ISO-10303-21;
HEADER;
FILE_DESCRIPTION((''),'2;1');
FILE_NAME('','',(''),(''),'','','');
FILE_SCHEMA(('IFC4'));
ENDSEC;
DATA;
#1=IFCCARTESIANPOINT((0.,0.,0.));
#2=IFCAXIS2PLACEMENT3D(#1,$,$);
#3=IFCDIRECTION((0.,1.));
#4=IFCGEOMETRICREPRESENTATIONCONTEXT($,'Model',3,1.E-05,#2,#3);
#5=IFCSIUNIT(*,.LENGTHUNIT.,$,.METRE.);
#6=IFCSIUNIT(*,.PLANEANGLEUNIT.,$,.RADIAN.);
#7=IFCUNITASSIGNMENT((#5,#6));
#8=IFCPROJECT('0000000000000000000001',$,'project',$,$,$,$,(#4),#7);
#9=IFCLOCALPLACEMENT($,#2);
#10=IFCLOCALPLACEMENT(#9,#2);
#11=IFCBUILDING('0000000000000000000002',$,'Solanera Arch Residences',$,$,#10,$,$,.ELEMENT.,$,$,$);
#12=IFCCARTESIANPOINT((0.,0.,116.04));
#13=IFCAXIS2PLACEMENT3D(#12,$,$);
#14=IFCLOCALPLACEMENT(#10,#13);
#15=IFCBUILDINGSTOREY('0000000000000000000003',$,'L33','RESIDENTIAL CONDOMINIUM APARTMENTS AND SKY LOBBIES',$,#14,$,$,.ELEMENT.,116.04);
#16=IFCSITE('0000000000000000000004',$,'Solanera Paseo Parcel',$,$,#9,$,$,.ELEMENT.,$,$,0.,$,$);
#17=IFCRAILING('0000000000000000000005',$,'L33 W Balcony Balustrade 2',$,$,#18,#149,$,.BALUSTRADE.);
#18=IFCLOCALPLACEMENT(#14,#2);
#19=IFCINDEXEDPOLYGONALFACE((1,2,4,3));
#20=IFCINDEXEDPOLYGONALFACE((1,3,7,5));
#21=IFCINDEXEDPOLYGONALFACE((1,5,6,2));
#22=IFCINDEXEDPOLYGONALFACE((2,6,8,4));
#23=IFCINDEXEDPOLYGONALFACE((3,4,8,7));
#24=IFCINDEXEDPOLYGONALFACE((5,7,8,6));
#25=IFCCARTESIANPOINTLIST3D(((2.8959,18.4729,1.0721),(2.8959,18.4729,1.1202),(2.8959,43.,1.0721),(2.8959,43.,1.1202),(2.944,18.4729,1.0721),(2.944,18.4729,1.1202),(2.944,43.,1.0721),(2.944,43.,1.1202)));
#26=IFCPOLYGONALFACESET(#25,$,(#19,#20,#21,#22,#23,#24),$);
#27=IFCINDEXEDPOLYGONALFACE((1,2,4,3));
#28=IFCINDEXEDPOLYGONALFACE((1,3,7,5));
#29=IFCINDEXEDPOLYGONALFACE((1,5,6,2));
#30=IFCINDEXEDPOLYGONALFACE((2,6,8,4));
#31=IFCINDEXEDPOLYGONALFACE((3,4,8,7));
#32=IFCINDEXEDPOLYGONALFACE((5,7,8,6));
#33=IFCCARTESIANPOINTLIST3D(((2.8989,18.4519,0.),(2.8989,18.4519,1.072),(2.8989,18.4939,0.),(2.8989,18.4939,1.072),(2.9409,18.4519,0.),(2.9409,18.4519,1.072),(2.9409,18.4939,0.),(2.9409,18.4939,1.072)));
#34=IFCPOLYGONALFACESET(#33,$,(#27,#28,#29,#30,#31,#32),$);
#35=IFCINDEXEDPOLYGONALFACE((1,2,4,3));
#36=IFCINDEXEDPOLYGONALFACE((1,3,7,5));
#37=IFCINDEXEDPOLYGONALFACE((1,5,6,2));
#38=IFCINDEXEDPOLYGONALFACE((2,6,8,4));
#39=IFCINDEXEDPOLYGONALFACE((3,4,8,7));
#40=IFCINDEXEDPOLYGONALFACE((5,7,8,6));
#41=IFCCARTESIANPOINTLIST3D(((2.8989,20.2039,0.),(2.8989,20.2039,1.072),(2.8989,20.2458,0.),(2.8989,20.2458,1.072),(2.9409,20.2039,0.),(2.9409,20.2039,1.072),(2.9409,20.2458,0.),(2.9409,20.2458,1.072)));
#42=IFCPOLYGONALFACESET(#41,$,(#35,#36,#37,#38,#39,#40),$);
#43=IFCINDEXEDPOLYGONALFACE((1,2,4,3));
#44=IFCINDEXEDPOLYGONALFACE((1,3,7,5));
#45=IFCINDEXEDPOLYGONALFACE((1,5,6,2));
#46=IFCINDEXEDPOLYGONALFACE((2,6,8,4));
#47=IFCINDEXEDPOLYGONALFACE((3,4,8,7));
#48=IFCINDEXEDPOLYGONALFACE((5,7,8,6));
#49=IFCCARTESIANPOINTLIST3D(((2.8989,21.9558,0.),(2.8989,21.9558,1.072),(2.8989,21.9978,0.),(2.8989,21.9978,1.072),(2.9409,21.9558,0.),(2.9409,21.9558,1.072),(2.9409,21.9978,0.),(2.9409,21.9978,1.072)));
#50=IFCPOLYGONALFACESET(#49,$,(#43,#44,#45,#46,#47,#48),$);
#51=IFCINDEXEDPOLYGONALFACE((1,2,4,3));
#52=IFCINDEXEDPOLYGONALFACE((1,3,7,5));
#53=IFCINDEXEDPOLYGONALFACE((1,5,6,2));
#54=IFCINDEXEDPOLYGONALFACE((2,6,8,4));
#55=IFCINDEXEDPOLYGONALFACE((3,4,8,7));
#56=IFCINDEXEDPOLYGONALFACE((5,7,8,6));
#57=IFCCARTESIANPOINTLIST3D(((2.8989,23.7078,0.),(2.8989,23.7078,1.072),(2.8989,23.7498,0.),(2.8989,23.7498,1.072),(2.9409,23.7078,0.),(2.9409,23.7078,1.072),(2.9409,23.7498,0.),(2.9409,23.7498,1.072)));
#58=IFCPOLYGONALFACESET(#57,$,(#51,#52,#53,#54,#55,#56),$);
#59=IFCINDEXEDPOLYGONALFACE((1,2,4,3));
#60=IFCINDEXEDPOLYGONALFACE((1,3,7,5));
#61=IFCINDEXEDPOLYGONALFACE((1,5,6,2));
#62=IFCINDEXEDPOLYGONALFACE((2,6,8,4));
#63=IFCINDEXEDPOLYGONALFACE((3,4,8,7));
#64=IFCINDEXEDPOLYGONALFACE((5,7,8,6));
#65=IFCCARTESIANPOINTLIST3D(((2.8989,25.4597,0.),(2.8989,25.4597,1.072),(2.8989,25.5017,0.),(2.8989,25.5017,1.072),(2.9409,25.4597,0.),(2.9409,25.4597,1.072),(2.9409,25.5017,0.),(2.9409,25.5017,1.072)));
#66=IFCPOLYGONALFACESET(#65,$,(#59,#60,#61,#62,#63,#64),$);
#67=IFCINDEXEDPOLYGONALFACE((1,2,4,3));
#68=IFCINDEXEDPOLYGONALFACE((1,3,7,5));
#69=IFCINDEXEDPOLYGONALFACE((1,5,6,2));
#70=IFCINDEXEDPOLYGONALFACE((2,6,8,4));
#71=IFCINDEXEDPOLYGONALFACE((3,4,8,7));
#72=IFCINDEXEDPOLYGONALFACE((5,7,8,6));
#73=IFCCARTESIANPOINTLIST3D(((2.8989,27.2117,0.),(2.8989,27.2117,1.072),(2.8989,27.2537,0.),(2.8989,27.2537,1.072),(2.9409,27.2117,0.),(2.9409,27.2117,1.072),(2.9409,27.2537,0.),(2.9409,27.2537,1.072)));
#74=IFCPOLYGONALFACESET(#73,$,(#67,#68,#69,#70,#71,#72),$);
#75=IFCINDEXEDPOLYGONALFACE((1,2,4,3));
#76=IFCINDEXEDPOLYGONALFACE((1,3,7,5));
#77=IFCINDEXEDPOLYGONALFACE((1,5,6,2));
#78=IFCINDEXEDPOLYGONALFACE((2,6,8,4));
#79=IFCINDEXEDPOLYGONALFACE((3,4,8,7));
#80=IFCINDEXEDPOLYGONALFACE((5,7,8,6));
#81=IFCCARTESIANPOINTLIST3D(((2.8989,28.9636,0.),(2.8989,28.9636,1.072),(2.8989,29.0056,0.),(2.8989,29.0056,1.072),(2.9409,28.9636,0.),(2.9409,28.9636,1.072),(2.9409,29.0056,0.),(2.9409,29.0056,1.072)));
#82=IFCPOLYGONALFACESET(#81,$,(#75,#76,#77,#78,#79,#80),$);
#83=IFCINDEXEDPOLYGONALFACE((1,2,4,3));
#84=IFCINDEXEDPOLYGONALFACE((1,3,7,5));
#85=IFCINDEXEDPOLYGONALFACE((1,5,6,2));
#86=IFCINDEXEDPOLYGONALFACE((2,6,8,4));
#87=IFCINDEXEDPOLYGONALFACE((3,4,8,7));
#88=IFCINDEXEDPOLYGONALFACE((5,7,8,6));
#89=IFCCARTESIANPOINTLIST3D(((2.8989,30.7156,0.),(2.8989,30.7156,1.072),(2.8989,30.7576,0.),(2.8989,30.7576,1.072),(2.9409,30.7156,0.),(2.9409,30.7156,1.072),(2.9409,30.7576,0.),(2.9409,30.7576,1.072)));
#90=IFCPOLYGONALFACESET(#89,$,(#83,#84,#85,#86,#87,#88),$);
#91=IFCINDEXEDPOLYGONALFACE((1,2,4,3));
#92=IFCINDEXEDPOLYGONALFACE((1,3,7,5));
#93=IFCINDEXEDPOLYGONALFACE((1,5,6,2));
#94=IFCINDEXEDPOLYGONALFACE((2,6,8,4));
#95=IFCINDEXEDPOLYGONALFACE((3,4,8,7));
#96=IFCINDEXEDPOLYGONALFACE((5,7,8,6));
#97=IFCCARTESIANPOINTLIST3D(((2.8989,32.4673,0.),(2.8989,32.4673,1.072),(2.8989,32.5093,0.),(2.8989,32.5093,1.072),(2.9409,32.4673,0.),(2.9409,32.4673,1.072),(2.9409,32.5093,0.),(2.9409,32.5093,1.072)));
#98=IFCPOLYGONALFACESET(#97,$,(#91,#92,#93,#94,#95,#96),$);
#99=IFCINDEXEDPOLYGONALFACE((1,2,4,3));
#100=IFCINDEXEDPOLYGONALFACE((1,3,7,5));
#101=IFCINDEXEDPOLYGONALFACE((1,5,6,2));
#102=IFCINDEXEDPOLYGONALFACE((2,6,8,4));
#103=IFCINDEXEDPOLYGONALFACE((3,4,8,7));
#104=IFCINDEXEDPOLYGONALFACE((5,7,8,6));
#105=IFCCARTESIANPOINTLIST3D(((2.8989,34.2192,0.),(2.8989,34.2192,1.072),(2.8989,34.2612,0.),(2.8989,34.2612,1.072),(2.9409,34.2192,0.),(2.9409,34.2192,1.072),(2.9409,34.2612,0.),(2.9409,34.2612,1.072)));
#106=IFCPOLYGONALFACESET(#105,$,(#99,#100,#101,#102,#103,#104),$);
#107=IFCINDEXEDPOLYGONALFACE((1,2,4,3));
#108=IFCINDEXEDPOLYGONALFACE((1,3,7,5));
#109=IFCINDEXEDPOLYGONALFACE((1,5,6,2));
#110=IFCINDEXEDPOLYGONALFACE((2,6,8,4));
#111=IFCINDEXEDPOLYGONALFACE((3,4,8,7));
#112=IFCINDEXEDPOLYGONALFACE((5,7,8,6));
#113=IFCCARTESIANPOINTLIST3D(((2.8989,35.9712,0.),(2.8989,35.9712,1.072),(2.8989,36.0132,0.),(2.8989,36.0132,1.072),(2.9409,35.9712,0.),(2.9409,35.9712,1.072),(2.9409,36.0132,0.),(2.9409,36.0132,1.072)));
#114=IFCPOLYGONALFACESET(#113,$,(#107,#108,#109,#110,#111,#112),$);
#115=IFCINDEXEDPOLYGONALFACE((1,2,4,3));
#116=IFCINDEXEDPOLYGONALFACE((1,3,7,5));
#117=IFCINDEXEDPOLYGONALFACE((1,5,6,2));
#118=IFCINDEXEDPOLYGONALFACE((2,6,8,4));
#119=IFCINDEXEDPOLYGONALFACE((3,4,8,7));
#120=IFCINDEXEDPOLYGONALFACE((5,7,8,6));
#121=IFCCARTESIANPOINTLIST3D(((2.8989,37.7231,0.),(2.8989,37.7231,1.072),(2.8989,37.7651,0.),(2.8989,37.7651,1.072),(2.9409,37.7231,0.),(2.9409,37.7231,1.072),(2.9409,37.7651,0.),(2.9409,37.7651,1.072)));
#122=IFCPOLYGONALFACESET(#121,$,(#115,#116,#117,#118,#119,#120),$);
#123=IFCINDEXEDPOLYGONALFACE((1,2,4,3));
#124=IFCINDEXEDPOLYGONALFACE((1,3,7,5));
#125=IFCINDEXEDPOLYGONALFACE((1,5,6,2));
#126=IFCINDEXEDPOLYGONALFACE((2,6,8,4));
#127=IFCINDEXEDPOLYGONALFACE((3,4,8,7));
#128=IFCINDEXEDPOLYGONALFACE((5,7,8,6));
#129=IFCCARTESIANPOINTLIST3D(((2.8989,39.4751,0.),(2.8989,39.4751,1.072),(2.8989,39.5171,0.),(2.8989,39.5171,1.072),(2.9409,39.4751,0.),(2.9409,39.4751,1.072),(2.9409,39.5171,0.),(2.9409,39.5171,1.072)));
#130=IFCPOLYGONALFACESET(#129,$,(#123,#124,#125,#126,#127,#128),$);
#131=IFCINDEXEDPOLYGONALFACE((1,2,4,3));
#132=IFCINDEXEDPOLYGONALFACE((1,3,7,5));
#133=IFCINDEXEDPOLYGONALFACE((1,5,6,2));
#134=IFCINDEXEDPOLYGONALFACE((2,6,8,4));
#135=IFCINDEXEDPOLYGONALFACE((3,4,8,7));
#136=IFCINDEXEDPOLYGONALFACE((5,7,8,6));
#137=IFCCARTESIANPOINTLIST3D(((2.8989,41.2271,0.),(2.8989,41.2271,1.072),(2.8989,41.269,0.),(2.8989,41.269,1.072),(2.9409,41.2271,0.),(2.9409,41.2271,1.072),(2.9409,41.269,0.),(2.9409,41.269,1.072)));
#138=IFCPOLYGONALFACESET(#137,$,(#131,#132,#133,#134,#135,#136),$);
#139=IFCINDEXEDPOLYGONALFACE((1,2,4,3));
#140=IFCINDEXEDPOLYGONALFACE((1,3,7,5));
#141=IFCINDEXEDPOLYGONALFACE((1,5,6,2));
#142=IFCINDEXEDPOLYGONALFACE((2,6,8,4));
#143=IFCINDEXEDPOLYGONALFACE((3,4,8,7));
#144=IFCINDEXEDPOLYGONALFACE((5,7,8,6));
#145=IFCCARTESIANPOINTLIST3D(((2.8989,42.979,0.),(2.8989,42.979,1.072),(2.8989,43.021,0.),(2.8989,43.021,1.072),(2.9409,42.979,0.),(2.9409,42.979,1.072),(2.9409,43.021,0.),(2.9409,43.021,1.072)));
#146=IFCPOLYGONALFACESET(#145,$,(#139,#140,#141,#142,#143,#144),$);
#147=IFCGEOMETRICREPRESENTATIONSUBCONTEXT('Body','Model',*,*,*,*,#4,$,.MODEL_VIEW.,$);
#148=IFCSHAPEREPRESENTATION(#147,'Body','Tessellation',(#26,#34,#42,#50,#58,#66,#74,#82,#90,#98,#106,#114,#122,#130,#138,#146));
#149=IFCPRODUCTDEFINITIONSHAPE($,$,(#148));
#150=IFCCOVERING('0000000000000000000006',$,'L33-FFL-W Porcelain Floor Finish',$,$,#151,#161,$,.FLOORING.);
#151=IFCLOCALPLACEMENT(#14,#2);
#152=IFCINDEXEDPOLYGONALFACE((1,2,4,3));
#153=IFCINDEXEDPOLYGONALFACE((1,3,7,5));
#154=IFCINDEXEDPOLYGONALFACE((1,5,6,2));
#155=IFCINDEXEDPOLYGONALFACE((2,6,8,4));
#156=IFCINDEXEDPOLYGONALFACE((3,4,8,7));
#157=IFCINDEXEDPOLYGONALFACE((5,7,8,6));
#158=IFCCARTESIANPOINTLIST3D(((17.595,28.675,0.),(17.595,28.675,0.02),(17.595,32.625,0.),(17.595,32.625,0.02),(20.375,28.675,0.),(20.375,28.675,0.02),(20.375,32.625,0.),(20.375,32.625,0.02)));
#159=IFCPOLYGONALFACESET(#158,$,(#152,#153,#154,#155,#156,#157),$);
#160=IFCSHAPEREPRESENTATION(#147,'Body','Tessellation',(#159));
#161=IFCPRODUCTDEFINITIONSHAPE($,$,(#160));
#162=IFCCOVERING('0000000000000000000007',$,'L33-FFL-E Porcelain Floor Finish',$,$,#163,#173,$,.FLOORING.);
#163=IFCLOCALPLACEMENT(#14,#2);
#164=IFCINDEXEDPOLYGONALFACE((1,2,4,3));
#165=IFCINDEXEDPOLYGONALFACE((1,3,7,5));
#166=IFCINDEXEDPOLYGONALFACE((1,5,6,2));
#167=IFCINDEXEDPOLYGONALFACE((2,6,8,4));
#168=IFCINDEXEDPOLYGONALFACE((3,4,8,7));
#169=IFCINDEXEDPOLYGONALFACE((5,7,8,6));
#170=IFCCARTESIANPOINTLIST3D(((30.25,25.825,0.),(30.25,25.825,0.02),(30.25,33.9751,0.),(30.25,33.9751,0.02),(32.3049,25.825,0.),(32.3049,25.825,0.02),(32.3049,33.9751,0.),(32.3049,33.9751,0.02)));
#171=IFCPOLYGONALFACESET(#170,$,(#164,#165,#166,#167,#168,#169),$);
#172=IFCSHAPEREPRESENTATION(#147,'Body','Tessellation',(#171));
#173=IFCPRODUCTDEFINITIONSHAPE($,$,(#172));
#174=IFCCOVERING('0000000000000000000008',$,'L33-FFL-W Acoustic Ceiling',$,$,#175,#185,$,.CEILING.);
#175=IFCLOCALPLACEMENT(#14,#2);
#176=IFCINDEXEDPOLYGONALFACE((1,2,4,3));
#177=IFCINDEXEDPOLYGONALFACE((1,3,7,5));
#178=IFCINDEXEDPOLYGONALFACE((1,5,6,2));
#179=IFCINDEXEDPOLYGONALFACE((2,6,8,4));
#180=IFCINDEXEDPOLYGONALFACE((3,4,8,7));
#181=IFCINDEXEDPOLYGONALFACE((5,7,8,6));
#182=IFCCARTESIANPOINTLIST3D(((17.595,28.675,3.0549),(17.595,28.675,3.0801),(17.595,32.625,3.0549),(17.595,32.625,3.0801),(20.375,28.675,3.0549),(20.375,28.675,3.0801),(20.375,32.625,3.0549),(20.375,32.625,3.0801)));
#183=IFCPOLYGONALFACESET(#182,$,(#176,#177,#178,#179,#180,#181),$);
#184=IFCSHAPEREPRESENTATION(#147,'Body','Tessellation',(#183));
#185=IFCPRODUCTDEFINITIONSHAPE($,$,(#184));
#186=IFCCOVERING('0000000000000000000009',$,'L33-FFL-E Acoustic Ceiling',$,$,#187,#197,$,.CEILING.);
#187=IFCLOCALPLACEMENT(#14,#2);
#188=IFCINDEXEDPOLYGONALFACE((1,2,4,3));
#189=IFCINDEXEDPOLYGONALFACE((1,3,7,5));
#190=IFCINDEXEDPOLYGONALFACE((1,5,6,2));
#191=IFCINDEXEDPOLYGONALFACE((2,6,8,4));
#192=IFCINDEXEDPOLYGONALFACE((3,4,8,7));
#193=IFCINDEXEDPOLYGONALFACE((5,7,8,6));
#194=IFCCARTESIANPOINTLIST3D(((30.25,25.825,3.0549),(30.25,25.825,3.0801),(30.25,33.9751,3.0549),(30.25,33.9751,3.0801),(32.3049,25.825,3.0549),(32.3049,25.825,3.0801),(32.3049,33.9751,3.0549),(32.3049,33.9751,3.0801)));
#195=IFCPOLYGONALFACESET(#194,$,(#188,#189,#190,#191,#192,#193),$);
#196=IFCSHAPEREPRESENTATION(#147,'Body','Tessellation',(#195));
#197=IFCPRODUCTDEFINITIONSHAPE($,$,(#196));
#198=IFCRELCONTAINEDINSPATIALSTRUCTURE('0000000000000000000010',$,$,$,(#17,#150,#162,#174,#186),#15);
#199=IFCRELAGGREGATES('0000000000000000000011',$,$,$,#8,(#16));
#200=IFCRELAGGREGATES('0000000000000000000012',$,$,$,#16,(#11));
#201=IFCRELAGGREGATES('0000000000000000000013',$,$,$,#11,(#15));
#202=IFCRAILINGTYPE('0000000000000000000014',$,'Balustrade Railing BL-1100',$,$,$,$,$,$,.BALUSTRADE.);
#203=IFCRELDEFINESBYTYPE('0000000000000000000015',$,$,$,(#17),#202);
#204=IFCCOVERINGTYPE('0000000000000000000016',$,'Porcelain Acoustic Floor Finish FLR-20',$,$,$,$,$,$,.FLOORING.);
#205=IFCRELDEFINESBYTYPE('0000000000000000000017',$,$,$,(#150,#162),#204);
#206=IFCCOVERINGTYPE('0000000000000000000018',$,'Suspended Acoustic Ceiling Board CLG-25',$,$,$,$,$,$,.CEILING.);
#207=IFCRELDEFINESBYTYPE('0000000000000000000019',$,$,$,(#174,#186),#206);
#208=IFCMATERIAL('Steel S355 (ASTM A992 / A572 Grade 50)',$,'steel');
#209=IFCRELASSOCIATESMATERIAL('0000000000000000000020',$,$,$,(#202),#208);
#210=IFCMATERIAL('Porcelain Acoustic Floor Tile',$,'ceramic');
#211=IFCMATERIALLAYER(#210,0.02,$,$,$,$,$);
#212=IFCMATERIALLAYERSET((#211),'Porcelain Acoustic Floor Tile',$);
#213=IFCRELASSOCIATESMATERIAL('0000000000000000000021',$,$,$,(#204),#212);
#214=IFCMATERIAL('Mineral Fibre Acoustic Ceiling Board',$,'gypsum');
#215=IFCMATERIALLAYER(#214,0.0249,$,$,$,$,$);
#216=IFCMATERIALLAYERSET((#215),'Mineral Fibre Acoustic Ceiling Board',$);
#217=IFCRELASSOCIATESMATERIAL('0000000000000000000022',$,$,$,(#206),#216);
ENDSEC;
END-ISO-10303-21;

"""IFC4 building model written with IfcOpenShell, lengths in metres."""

from ifc_helpers import new_model, si_unit, direction, frame, origin, origin_2d, place, context, subcontext, project, spatial, polyline, rectangle, outline, extrude, material, layer, layer_set, type_object, element, save


model = new_model("IFC4")

# Units and contexts
model_context = context("Model", 3, precision=1e-05, world=origin(), true_north=direction((0.0, 1.0)))
body_context = subcontext(model_context, "Body", "Model", "MODEL_VIEW")
ifc_project = project(units=[si_unit("LENGTHUNIT", "METRE"), si_unit("PLANEANGLEUNIT", "RADIAN")], contexts=[model_context])

# Site, building, storey
site_placement = place(None, origin())
site = spatial("IfcSite", under=ifc_project, at=site_placement, Name="Solanera Paseo Parcel", CompositionType="ELEMENT", RefElevation=0.0)
building_placement = place(site_placement, origin())
building = spatial("IfcBuilding", under=site, at=building_placement, Name="Solanera Arch Residences", CompositionType="ELEMENT")
storey_placement = place(building_placement, frame((0.0, 0.0, 116.04)))
storey = spatial("IfcBuildingStorey", under=building, at=storey_placement, Name="L33", Description="RESIDENTIAL CONDOMINIUM APARTMENTS AND SKY LOBBIES", CompositionType="ELEMENT", Elevation=116.04)

# Railing
ifc_material_1 = material(Name="Steel S355 (ASTM A992 / A572 Grade 50)", Category="steel")
railing_type = type_object("IfcRailingType", Name="Balustrade Railing BL-1100", PredefinedType="BALUSTRADE", material=ifc_material_1)
railing_placement = place(storey_placement, frame((2.9199, 18.4729, 0.0)))
element("IfcRailing", 1, at=railing_placement, inside=storey, type_object=railing_type, Name="L33 W Balcony Balustrade 2", PredefinedType="BALUSTRADE", context=body_context, shape_type="SweptSolid", body=[
    extrude(rectangle(XDim=0.0481, YDim=0.0481, at=origin_2d()), frame((0.0, 0.0, 1.0962), z_axis=(0.0, 1.0, 0.0), x_axis=(-1.0, 0.0, 0.0)), (0.0, 0.0, 1.0), 24.5271),
    extrude(rectangle(XDim=0.042, YDim=0.042, at=origin_2d()), origin(), (0.0, 0.0, 1.0), 1.072),
    extrude(rectangle(XDim=0.042, YDim=0.042, at=origin_2d()), frame((0.0, 1.752, 0.0)), (0.0, 0.0, 1.0), 1.072),
    extrude(rectangle(XDim=0.042, YDim=0.042, at=origin_2d()), frame((0.0, 3.5039, 0.0)), (0.0, 0.0, 1.0), 1.072),
    extrude(rectangle(XDim=0.042, YDim=0.042, at=origin_2d()), frame((0.0, 5.2559, 0.0)), (0.0, 0.0, 1.0), 1.072),
    extrude(rectangle(XDim=0.042, YDim=0.042, at=origin_2d()), frame((0.0, 7.0078, 0.0)), (0.0, 0.0, 1.0), 1.072),
    extrude(rectangle(XDim=0.042, YDim=0.042, at=origin_2d()), frame((0.0, 8.7598, 0.0)), (0.0, 0.0, 1.0), 1.072),
    extrude(rectangle(XDim=0.042, YDim=0.042, at=origin_2d()), frame((0.0, 10.5117, 0.0)), (0.0, 0.0, 1.0), 1.072),
    extrude(rectangle(XDim=0.042, YDim=0.042, at=origin_2d()), frame((0.0, 12.2637, 0.0)), (0.0, 0.0, 1.0), 1.072),
    extrude(rectangle(XDim=0.042, YDim=0.042, at=origin_2d()), frame((0.0, 14.0154, 0.0)), (0.0, 0.0, 1.0), 1.072),
    extrude(rectangle(XDim=0.042, YDim=0.042, at=origin_2d()), frame((0.0, 15.7673, 0.0)), (0.0, 0.0, 1.0), 1.072),
    extrude(rectangle(XDim=0.042, YDim=0.042, at=origin_2d()), frame((0.0, 17.5193, 0.0)), (0.0, 0.0, 1.0), 1.072),
    extrude(rectangle(XDim=0.042, YDim=0.042, at=origin_2d()), frame((0.0, 19.2712, 0.0)), (0.0, 0.0, 1.0), 1.072),
    extrude(rectangle(XDim=0.042, YDim=0.042, at=origin_2d()), frame((0.0, 21.0232, 0.0)), (0.0, 0.0, 1.0), 1.072),
    extrude(rectangle(XDim=0.042, YDim=0.042, at=origin_2d()), frame((0.0, 22.7751, 0.0)), (0.0, 0.0, 1.0), 1.072),
    extrude(rectangle(XDim=0.042, YDim=0.042, at=origin_2d()), frame((0.0, 24.5271, 0.0)), (0.0, 0.0, 1.0), 1.072),
])

# Coverings
ifc_material_2 = material(Name="Porcelain Acoustic Floor Tile", Category="ceramic")
ifc_layer_1 = layer(ifc_material_2, 0.02)
ifc_layer_set_1 = layer_set([ifc_layer_1], Name="Porcelain Acoustic Floor Tile")
covering_type_1 = type_object("IfcCoveringType", Name="Porcelain Acoustic Floor Finish FLR-20", PredefinedType="FLOORING", material=ifc_layer_set_1)
covering_1_placement = place(storey_placement, origin())
element("IfcCovering", 2, at=covering_1_placement, inside=storey, type_object=covering_type_1, Name="L33-FFL-W Porcelain Floor Finish", PredefinedType="FLOORING", context=body_context, shape_type="SweptSolid", body=[
    extrude(outline(polyline([(20.375, 28.675), (17.595, 28.675), (17.595, 32.625), (20.375, 32.625), (20.375, 28.675)])), origin(), (0.0, 0.0, 1.0), 0.02),
])
covering_2_placement = place(storey_placement, origin())
element("IfcCovering", 3, at=covering_2_placement, inside=storey, type_object=covering_type_1, Name="L33-FFL-E Porcelain Floor Finish", PredefinedType="FLOORING", context=body_context, shape_type="SweptSolid", body=[
    extrude(outline(polyline([(32.3049, 25.825), (30.25, 25.825), (30.25, 33.9751), (32.3049, 33.9751), (32.3049, 25.825)])), origin(), (0.0, 0.0, 1.0), 0.02),
])
ifc_material_3 = material(Name="Mineral Fibre Acoustic Ceiling Board", Category="gypsum")
ifc_layer_2 = layer(ifc_material_3, 0.0249)
ifc_layer_set_2 = layer_set([ifc_layer_2], Name="Mineral Fibre Acoustic Ceiling Board")
covering_type_2 = type_object("IfcCoveringType", Name="Suspended Acoustic Ceiling Board CLG-25", PredefinedType="CEILING", material=ifc_layer_set_2)
covering_3_placement = place(storey_placement, frame((0.0, 0.0, 3.0549)))
element("IfcCovering", 4, at=covering_3_placement, inside=storey, type_object=covering_type_2, Name="L33-FFL-W Acoustic Ceiling", PredefinedType="CEILING", context=body_context, shape_type="SweptSolid", body=[
    extrude(outline(polyline([(20.375, 28.675), (17.595, 28.675), (17.595, 32.625), (20.375, 32.625), (20.375, 28.675)])), origin(), (0.0, 0.0, 1.0), 0.0251),
])
covering_4_placement = place(storey_placement, frame((0.0, 0.0, 3.0549)))
element("IfcCovering", 5, at=covering_4_placement, inside=storey, type_object=covering_type_2, Name="L33-FFL-E Acoustic Ceiling", PredefinedType="CEILING", context=body_context, shape_type="SweptSolid", body=[
    extrude(outline(polyline([(32.3049, 25.825), (30.25, 25.825), (30.25, 33.9751), (32.3049, 33.9751), (32.3049, 25.825)])), origin(), (0.0, 0.0, 1.0), 0.0251),
])

save(model, "model.ifc")
